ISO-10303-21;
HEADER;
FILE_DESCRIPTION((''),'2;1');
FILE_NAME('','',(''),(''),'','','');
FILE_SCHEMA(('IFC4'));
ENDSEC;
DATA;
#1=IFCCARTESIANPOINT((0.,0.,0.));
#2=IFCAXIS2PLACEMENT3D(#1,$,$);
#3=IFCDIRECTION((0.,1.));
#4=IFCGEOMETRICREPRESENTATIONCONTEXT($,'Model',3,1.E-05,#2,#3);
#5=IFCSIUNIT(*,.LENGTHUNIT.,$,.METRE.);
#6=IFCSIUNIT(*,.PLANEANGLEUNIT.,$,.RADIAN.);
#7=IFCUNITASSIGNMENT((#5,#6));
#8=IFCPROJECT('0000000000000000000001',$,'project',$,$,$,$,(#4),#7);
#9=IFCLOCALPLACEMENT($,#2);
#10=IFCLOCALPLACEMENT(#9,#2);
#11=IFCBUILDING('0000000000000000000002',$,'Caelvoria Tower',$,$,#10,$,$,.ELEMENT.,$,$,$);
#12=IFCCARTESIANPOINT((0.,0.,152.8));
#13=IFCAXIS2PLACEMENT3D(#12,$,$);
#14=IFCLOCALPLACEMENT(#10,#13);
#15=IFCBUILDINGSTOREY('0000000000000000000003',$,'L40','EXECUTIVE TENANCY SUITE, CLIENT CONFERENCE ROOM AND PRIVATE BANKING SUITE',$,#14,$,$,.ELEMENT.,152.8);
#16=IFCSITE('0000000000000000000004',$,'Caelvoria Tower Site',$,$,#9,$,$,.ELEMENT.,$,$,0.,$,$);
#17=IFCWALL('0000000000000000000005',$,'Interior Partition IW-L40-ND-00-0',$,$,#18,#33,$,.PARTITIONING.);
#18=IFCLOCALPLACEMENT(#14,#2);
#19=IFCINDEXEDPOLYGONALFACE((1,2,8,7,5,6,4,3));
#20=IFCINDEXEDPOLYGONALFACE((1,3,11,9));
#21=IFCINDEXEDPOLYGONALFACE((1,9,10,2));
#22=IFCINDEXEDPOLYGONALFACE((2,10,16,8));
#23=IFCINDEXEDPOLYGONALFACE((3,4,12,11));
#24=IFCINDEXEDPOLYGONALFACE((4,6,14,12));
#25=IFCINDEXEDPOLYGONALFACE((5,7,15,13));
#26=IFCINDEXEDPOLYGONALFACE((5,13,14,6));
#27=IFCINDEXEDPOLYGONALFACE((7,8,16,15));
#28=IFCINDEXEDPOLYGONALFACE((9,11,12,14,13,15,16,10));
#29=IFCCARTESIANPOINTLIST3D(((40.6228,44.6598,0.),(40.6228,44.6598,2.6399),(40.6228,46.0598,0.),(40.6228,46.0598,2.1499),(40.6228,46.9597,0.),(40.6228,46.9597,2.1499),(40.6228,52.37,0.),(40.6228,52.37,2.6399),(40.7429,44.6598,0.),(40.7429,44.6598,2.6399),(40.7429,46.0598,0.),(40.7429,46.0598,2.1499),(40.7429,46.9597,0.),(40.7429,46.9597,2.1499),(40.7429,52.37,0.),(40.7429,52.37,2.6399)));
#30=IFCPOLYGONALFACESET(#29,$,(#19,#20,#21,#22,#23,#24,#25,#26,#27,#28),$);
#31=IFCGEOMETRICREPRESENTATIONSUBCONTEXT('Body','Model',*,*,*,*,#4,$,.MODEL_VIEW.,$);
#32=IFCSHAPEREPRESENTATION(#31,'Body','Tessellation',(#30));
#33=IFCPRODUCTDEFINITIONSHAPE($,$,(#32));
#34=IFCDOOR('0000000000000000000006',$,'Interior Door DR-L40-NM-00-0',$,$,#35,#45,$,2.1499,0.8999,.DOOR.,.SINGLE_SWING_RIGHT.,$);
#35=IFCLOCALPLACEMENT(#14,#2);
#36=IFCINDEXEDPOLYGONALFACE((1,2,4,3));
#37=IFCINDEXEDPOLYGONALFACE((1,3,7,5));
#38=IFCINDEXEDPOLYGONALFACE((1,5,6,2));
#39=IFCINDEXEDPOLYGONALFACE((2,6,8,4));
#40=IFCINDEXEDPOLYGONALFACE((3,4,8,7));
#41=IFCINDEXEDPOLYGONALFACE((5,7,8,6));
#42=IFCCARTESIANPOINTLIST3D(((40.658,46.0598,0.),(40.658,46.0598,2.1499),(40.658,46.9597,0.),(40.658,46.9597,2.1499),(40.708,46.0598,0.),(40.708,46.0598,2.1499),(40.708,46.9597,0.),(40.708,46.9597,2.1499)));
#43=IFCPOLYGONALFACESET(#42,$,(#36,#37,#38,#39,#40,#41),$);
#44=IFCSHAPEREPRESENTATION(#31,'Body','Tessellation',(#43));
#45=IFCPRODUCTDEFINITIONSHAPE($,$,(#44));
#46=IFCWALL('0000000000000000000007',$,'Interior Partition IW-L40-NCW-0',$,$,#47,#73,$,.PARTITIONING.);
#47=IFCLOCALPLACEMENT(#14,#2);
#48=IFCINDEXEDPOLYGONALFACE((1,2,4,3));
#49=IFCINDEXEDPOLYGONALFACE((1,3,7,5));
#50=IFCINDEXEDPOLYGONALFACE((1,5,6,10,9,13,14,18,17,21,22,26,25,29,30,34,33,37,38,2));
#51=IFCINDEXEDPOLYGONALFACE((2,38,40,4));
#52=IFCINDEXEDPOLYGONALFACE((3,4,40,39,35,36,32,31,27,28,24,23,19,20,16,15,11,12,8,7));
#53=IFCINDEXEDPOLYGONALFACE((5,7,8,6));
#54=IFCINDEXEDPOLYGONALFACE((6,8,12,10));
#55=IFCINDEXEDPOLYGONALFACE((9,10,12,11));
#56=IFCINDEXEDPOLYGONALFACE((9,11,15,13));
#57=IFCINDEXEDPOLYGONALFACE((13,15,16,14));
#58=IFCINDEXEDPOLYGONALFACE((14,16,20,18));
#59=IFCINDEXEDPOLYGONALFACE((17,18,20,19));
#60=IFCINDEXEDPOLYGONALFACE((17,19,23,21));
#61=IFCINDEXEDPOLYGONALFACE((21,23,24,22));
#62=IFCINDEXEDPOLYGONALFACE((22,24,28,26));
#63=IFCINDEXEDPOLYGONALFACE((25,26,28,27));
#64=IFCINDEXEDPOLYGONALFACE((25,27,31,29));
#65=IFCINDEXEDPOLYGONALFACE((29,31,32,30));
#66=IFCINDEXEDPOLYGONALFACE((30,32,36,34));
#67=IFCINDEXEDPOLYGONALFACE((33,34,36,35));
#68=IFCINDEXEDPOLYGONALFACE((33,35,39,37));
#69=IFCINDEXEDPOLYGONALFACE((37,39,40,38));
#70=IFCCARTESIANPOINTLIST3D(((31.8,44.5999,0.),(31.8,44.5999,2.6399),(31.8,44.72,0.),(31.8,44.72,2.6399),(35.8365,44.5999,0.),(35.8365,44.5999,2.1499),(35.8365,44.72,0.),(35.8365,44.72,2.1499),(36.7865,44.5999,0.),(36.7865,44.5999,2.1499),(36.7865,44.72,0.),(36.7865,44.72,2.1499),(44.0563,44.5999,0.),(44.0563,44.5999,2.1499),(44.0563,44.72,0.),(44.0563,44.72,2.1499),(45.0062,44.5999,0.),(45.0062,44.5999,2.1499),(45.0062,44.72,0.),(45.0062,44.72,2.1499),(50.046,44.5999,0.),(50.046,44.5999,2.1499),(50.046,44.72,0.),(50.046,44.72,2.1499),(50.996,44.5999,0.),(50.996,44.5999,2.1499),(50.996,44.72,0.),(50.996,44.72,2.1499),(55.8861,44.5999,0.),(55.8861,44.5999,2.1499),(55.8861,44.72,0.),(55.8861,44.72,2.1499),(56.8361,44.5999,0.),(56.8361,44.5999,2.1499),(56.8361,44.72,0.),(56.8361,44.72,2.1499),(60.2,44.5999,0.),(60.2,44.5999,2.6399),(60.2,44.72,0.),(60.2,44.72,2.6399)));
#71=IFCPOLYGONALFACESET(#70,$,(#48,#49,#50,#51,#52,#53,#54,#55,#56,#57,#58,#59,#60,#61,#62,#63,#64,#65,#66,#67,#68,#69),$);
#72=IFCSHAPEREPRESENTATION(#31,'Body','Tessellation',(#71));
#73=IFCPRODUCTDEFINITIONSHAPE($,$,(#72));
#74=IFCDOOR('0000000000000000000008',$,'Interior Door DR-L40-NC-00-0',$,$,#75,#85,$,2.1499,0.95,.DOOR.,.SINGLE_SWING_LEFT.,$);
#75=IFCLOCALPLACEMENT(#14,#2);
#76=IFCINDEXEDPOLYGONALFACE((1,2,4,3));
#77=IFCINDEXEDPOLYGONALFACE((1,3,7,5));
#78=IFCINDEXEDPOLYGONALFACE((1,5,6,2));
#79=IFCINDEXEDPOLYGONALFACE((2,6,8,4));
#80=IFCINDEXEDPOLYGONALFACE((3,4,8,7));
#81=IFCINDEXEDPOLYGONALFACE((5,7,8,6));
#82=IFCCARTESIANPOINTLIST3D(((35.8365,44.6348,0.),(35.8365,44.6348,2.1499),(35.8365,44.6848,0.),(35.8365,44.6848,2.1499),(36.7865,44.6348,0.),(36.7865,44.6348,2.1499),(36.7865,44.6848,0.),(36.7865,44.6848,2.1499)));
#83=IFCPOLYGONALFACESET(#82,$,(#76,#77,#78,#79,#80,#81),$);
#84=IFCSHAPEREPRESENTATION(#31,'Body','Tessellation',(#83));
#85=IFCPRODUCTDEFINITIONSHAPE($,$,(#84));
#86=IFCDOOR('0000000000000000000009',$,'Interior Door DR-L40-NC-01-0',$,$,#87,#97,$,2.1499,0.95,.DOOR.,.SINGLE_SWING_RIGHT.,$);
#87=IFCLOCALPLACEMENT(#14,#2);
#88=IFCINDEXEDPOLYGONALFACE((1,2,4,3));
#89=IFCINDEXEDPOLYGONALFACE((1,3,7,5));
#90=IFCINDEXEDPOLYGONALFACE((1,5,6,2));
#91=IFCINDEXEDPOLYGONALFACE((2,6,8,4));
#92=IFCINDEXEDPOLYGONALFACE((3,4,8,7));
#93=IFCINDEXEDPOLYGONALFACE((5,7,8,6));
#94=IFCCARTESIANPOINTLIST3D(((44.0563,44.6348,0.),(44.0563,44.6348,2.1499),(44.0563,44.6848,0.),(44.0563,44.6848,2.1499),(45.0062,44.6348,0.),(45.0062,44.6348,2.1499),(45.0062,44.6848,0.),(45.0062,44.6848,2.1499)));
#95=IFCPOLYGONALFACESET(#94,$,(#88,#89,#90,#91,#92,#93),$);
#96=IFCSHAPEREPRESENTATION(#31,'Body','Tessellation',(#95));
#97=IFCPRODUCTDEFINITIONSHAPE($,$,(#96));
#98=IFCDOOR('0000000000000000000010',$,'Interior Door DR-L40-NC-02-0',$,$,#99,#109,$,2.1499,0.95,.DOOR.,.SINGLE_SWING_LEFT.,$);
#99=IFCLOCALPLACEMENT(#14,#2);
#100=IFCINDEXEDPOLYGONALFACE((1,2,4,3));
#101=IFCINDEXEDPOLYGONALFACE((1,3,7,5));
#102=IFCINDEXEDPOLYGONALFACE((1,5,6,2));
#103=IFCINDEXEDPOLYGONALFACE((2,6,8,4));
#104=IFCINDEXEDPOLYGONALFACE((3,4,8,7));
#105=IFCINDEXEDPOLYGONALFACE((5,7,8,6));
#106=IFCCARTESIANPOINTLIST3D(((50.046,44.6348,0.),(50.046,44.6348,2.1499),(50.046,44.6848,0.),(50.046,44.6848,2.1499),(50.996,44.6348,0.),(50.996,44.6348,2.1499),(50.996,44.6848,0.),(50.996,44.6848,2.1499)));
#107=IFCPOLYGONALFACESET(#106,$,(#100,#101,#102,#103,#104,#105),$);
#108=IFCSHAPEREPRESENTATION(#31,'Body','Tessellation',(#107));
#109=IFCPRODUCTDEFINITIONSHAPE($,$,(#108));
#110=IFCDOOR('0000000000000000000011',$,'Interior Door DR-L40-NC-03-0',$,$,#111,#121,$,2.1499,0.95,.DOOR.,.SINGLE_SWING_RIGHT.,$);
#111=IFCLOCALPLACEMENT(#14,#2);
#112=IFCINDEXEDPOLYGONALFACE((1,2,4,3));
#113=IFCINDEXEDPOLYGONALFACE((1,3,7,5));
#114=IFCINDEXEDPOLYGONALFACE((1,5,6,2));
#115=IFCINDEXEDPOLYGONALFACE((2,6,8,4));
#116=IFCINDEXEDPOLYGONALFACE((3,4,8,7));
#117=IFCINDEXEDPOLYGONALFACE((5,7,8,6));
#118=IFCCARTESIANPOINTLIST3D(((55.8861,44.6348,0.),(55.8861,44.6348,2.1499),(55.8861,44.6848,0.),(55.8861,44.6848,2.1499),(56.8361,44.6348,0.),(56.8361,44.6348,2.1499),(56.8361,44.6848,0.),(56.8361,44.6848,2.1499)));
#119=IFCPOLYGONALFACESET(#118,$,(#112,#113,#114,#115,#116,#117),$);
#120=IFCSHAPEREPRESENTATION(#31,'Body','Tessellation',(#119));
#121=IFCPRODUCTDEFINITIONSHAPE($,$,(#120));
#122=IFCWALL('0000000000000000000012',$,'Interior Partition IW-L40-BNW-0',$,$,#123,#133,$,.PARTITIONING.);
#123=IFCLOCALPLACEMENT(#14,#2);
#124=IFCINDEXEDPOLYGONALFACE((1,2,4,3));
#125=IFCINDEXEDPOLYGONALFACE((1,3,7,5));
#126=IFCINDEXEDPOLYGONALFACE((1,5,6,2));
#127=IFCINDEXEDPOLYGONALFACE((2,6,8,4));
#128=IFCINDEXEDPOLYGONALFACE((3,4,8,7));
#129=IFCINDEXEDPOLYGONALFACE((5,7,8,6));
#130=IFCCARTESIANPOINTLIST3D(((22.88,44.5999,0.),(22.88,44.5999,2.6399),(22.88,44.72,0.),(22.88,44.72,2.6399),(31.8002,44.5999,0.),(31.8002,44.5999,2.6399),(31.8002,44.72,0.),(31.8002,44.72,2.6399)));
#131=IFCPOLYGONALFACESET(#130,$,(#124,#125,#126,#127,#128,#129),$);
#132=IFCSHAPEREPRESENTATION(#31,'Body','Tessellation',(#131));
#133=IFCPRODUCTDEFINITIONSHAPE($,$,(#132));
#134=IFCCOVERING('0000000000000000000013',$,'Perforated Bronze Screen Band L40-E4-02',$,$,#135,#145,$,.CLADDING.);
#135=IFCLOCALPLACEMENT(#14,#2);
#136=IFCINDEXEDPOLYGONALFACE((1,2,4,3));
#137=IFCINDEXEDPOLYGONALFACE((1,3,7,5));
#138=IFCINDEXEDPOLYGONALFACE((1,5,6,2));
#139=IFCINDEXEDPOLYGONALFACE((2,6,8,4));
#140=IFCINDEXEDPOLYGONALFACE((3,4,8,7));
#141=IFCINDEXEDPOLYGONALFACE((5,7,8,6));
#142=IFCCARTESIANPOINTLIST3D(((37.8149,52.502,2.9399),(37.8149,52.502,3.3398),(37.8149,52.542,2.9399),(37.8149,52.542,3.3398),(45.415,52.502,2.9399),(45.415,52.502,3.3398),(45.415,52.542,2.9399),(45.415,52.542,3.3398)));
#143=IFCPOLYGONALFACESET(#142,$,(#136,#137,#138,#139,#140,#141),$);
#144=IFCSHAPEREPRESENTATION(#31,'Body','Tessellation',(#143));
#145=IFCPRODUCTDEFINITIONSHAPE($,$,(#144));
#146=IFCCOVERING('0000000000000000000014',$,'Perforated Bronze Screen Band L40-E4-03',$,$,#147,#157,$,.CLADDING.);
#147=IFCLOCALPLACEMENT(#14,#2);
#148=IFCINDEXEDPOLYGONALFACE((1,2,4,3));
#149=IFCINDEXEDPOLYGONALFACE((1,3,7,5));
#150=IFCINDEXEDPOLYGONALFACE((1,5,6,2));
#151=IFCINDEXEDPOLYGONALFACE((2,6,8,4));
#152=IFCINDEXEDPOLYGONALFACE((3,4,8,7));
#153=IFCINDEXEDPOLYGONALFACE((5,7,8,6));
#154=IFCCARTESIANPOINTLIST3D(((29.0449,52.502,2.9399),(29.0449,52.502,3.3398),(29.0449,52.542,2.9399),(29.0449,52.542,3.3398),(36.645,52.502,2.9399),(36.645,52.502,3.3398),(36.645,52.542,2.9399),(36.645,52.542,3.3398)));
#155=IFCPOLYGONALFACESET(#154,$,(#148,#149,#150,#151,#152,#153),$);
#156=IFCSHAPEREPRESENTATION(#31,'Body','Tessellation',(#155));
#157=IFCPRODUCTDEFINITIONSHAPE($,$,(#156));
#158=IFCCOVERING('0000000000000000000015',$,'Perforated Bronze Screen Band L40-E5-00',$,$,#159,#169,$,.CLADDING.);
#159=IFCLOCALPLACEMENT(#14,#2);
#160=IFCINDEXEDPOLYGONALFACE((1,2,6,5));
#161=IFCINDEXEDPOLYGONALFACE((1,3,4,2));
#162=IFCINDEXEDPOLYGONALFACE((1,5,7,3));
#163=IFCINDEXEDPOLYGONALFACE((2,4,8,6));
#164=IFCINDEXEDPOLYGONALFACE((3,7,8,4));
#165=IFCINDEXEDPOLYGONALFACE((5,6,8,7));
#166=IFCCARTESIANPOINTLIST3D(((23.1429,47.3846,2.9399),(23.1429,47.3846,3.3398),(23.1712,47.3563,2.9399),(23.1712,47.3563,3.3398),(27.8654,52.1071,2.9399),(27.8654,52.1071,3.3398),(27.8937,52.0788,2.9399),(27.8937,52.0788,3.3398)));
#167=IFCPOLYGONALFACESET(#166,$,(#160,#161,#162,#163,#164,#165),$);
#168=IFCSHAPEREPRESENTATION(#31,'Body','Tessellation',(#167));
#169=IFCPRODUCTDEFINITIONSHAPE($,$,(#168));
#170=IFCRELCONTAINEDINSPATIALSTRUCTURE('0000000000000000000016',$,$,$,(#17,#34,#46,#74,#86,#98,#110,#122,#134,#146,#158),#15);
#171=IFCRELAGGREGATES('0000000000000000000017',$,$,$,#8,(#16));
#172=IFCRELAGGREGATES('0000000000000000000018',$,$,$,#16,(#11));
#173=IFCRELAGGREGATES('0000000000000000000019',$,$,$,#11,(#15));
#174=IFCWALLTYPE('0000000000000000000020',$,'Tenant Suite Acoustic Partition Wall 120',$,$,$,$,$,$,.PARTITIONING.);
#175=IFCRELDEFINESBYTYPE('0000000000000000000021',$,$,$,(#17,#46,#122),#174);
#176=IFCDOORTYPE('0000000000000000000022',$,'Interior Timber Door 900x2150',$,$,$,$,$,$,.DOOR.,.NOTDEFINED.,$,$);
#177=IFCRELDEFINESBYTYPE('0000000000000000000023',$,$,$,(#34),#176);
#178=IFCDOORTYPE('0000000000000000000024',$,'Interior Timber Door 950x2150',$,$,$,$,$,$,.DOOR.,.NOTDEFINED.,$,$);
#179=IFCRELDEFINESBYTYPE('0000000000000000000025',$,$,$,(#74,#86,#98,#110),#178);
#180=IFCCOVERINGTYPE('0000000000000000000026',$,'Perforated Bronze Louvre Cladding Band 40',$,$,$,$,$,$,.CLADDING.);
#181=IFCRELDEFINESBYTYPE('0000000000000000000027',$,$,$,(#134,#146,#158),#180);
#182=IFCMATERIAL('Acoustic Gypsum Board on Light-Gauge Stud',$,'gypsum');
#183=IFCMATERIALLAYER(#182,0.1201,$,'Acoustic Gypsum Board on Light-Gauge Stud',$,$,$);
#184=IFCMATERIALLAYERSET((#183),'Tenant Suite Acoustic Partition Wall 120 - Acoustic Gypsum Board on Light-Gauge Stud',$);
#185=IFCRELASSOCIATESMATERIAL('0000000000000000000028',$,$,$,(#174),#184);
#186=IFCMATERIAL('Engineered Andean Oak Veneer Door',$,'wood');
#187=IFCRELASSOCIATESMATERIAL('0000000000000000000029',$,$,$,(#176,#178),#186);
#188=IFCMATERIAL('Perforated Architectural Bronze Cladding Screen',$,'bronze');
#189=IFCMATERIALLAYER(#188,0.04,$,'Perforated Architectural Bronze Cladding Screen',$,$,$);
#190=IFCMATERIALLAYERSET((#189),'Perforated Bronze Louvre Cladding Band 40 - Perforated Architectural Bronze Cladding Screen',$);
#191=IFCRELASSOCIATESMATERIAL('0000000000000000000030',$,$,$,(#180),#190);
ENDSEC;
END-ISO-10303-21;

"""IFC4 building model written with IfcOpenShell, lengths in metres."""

from ifc_helpers import new_model, si_unit, direction, frame, frame_2d, origin, origin_2d, place, context, subcontext, project, spatial, rectangle, extrude, material, layer, layer_set, type_object, element, fill, save


model = new_model("IFC4")

# Units and contexts
model_context = context("Model", 3, precision=1e-05, world=origin(), true_north=direction((0.0, 1.0)))
body_context = subcontext(model_context, "Body", "Model", "MODEL_VIEW")
ifc_project = project(units=[si_unit("LENGTHUNIT", "METRE"), si_unit("PLANEANGLEUNIT", "RADIAN")], contexts=[model_context])

# Site, building, storey
site_placement = place(None, origin())
site = spatial("IfcSite", under=ifc_project, at=site_placement, Name="Caelvoria Tower Site", CompositionType="ELEMENT", RefElevation=0.0)
building_placement = place(site_placement, origin())
building = spatial("IfcBuilding", under=site, at=building_placement, Name="Caelvoria Tower", CompositionType="ELEMENT")
storey_placement = place(building_placement, frame((0.0, 0.0, 152.8)))
storey = spatial("IfcBuildingStorey", under=building, at=storey_placement, Name="L40", Description="EXECUTIVE TENANCY SUITE, CLIENT CONFERENCE ROOM AND PRIVATE BANKING SUITE", CompositionType="ELEMENT", Elevation=152.8)

# Wall, opening, door
ifc_material_1 = material(Name="Acoustic Gypsum Board on Light-Gauge Stud", Category="gypsum")
ifc_layer_1 = layer(ifc_material_1, 0.1201, Name="Acoustic Gypsum Board on Light-Gauge Stud")
ifc_layer_set_1 = layer_set([ifc_layer_1], Name="Tenant Suite Acoustic Partition Wall 120 - Acoustic Gypsum Board on Light-Gauge Stud")
wall_type_1 = type_object("IfcWallType", Name="Tenant Suite Acoustic Partition Wall 120", PredefinedType="PARTITIONING", material=ifc_layer_set_1)
wall_1_placement = place(storey_placement, frame((40.6829, 44.6599, 0.0), z_axis=(0.0, 0.0, 1.0), x_axis=(0.0, 1.0, 0.0)))
wall_1 = element("IfcWall", 1, at=wall_1_placement, inside=storey, type_object=wall_type_1, Name="Interior Partition IW-L40-ND-00-0", PredefinedType="PARTITIONING", context=body_context, shape_type="SweptSolid", body=[
    extrude(rectangle(XDim=7.7102, YDim=0.1201, at=frame_2d((3.855, 0.0))), origin(), (0.0, 0.0, 1.0), 2.6399),
])
opening_1_placement = place(wall_1_placement, frame((1.3999, 0.0, 0.0)))
opening_1 = element("IfcOpeningElement", 2, at=opening_1_placement, cuts=wall_1, PredefinedType="OPENING", context=body_context, shape_type="SweptSolid", body=[
    extrude(rectangle(XDim=0.8999, YDim=2.1499, at=frame_2d((0.45, 1.075))), frame((0.0, 0.0701, 0.0), z_axis=(0.0, -1.0, 0.0), x_axis=(1.0, 0.0, 0.0)), (0.0, 0.0, 1.0), 0.1401),
])
ifc_material_2 = material(Name="Engineered Andean Oak Veneer Door", Category="wood")
door_type_1 = type_object("IfcDoorType", Name="Interior Timber Door 900x2150", OperationType="NOTDEFINED", PredefinedType="DOOR", material=ifc_material_2)
door_1_placement = place(opening_1_placement, origin())
door_1 = element("IfcDoor", 3, at=door_1_placement, inside=storey, type_object=door_type_1, Name="Interior Door DR-L40-NM-00-0", OperationType="SINGLE_SWING_RIGHT", OverallHeight=2.1499, OverallWidth=0.8999, PredefinedType="DOOR", context=body_context, shape_type="SweptSolid", body=[
    extrude(rectangle(XDim=0.8999, YDim=2.1499, at=frame_2d((0.45, 1.075))), frame((0.0, 0.0249, 0.0), z_axis=(0.0, -1.0, 0.0), x_axis=(1.0, 0.0, 0.0)), (0.0, 0.0, 1.0), 0.05),
])
fill(opening_1, door_1)

# Wall, openings, doors
wall_2_placement = place(storey_placement, frame((31.8, 44.6599, 0.0), z_axis=(0.0, 0.0, 1.0), x_axis=(1.0, 0.0, 0.0)))
wall_2 = element("IfcWall", 4, at=wall_2_placement, inside=storey, type_object=wall_type_1, Name="Interior Partition IW-L40-NCW-0", PredefinedType="PARTITIONING", context=body_context, shape_type="SweptSolid", body=[
    extrude(rectangle(XDim=28.3999, YDim=0.1201, at=frame_2d((14.2, 0.0))), origin(), (0.0, 0.0, 1.0), 2.6399),
])
opening_2_placement = place(wall_2_placement, frame((4.0364, 0.0, 0.0)))
opening_2 = element("IfcOpeningElement", 5, at=opening_2_placement, cuts=wall_2, PredefinedType="OPENING", context=body_context, shape_type="SweptSolid", body=[
    extrude(rectangle(XDim=0.95, YDim=2.1499, at=frame_2d((0.4751, 1.075))), frame((0.0, 0.0701, 0.0), z_axis=(0.0, -1.0, 0.0), x_axis=(1.0, 0.0, 0.0)), (0.0, 0.0, 1.0), 0.1401),
])
opening_3_placement = place(wall_2_placement, frame((12.2561, 0.0, 0.0)))
opening_3 = element("IfcOpeningElement", 6, at=opening_3_placement, cuts=wall_2, PredefinedType="OPENING", context=body_context, shape_type="SweptSolid", body=[
    extrude(rectangle(XDim=0.95, YDim=2.1499, at=frame_2d((0.4751, 1.075))), frame((0.0, 0.0701, 0.0), z_axis=(0.0, -1.0, 0.0), x_axis=(1.0, 0.0, 0.0)), (0.0, 0.0, 1.0), 0.1401),
])
opening_4_placement = place(wall_2_placement, frame((18.2458, 0.0, 0.0)))
opening_4 = element("IfcOpeningElement", 7, at=opening_4_placement, cuts=wall_2, PredefinedType="OPENING", context=body_context, shape_type="SweptSolid", body=[
    extrude(rectangle(XDim=0.95, YDim=2.1499, at=frame_2d((0.4751, 1.075))), frame((0.0, 0.0701, 0.0), z_axis=(0.0, -1.0, 0.0), x_axis=(1.0, 0.0, 0.0)), (0.0, 0.0, 1.0), 0.1401),
])
opening_5_placement = place(wall_2_placement, frame((24.0859, 0.0, 0.0)))
opening_5 = element("IfcOpeningElement", 8, at=opening_5_placement, cuts=wall_2, PredefinedType="OPENING", context=body_context, shape_type="SweptSolid", body=[
    extrude(rectangle(XDim=0.95, YDim=2.1499, at=frame_2d((0.4751, 1.075))), frame((0.0, 0.0701, 0.0), z_axis=(0.0, -1.0, 0.0), x_axis=(1.0, 0.0, 0.0)), (0.0, 0.0, 1.0), 0.1401),
])
door_type_2 = type_object("IfcDoorType", Name="Interior Timber Door 950x2150", OperationType="NOTDEFINED", PredefinedType="DOOR", material=ifc_material_2)
door_2_placement = place(opening_2_placement, origin())
door_2 = element("IfcDoor", 9, at=door_2_placement, inside=storey, type_object=door_type_2, Name="Interior Door DR-L40-NC-00-0", OperationType="SINGLE_SWING_LEFT", OverallHeight=2.1499, OverallWidth=0.95, PredefinedType="DOOR", context=body_context, shape_type="SweptSolid", body=[
    extrude(rectangle(XDim=0.95, YDim=2.1499, at=frame_2d((0.4751, 1.075))), frame((0.0, 0.0249, 0.0), z_axis=(0.0, -1.0, 0.0), x_axis=(1.0, 0.0, 0.0)), (0.0, 0.0, 1.0), 0.05),
])
fill(opening_2, door_2)
door_3_placement = place(opening_3_placement, origin())
door_3 = element("IfcDoor", 10, at=door_3_placement, inside=storey, type_object=door_type_2, Name="Interior Door DR-L40-NC-01-0", OperationType="SINGLE_SWING_RIGHT", OverallHeight=2.1499, OverallWidth=0.95, PredefinedType="DOOR", context=body_context, shape_type="SweptSolid", body=[
    extrude(rectangle(XDim=0.95, YDim=2.1499, at=frame_2d((0.4751, 1.075))), frame((0.0, 0.0249, 0.0), z_axis=(0.0, -1.0, 0.0), x_axis=(1.0, 0.0, 0.0)), (0.0, 0.0, 1.0), 0.05),
])
fill(opening_3, door_3)
door_4_placement = place(opening_4_placement, origin())
door_4 = element("IfcDoor", 11, at=door_4_placement, inside=storey, type_object=door_type_2, Name="Interior Door DR-L40-NC-02-0", OperationType="SINGLE_SWING_LEFT", OverallHeight=2.1499, OverallWidth=0.95, PredefinedType="DOOR", context=body_context, shape_type="SweptSolid", body=[
    extrude(rectangle(XDim=0.95, YDim=2.1499, at=frame_2d((0.4751, 1.075))), frame((0.0, 0.0249, 0.0), z_axis=(0.0, -1.0, 0.0), x_axis=(1.0, 0.0, 0.0)), (0.0, 0.0, 1.0), 0.05),
])
fill(opening_4, door_4)
door_5_placement = place(opening_5_placement, origin())
door_5 = element("IfcDoor", 12, at=door_5_placement, inside=storey, type_object=door_type_2, Name="Interior Door DR-L40-NC-03-0", OperationType="SINGLE_SWING_RIGHT", OverallHeight=2.1499, OverallWidth=0.95, PredefinedType="DOOR", context=body_context, shape_type="SweptSolid", body=[
    extrude(rectangle(XDim=0.95, YDim=2.1499, at=frame_2d((0.4751, 1.075))), frame((0.0, 0.0249, 0.0), z_axis=(0.0, -1.0, 0.0), x_axis=(1.0, 0.0, 0.0)), (0.0, 0.0, 1.0), 0.05),
])
fill(opening_5, door_5)

# Wall
wall_3_placement = place(storey_placement, frame((31.8, 44.6599, 0.0), z_axis=(0.0, 0.0, 1.0), x_axis=(-1.0, 0.0, 0.0)))
element("IfcWall", 13, at=wall_3_placement, inside=storey, type_object=wall_type_1, Name="Interior Partition IW-L40-BNW-0", PredefinedType="PARTITIONING", context=body_context, shape_type="SweptSolid", body=[
    extrude(rectangle(XDim=8.9202, YDim=0.1201, at=frame_2d((4.46, 0.0))), origin(), (0.0, 0.0, 1.0), 2.6399),
])

# Coverings
ifc_material_3 = material(Name="Perforated Architectural Bronze Cladding Screen", Category="bronze")
ifc_layer_2 = layer(ifc_material_3, 0.04, Name="Perforated Architectural Bronze Cladding Screen")
ifc_layer_set_2 = layer_set([ifc_layer_2], Name="Perforated Bronze Louvre Cladding Band 40 - Perforated Architectural Bronze Cladding Screen")
covering_type = type_object("IfcCoveringType", Name="Perforated Bronze Louvre Cladding Band 40", PredefinedType="CLADDING", material=ifc_layer_set_2)
for number, where, z_axis, x_axis, name in (
    (14, (41.615, 52.522, 2.9399), (0.0, 0.0, 1.0), (-1.0, 0.0, 0.0), "Perforated Bronze Screen Band L40-E4-02"),
    (15, (32.845, 52.522, 2.9399), (0.0, 0.0, 1.0), (-1.0, 0.0, 0.0), "Perforated Bronze Screen Band L40-E4-03"),
):
    element("IfcCovering", number, at=place(storey_placement, frame(where, z_axis=z_axis, x_axis=x_axis)), inside=storey, type_object=covering_type, Name=name, PredefinedType="CLADDING", context=body_context, shape_type="SweptSolid", body=[
        extrude(rectangle(XDim=7.6001, YDim=0.04, at=origin_2d()), origin(), (0.0, 0.0, 1.0), 0.3999),
    ])
covering_placement = place(storey_placement, frame((25.5183, 49.7317, 2.9399), z_axis=(0.0, 0.0, 1.0), x_axis=(-0.707107, -0.707107, 0.0)))
element("IfcCovering", 16, at=covering_placement, inside=storey, type_object=covering_type, Name="Perforated Bronze Screen Band L40-E5-00", PredefinedType="CLADDING", context=body_context, shape_type="SweptSolid", body=[
    extrude(rectangle(XDim=6.6787, YDim=0.04, at=origin_2d()), origin(), (0.0, 0.0, 1.0), 0.3999),
])

save(model, "model.ifc")
